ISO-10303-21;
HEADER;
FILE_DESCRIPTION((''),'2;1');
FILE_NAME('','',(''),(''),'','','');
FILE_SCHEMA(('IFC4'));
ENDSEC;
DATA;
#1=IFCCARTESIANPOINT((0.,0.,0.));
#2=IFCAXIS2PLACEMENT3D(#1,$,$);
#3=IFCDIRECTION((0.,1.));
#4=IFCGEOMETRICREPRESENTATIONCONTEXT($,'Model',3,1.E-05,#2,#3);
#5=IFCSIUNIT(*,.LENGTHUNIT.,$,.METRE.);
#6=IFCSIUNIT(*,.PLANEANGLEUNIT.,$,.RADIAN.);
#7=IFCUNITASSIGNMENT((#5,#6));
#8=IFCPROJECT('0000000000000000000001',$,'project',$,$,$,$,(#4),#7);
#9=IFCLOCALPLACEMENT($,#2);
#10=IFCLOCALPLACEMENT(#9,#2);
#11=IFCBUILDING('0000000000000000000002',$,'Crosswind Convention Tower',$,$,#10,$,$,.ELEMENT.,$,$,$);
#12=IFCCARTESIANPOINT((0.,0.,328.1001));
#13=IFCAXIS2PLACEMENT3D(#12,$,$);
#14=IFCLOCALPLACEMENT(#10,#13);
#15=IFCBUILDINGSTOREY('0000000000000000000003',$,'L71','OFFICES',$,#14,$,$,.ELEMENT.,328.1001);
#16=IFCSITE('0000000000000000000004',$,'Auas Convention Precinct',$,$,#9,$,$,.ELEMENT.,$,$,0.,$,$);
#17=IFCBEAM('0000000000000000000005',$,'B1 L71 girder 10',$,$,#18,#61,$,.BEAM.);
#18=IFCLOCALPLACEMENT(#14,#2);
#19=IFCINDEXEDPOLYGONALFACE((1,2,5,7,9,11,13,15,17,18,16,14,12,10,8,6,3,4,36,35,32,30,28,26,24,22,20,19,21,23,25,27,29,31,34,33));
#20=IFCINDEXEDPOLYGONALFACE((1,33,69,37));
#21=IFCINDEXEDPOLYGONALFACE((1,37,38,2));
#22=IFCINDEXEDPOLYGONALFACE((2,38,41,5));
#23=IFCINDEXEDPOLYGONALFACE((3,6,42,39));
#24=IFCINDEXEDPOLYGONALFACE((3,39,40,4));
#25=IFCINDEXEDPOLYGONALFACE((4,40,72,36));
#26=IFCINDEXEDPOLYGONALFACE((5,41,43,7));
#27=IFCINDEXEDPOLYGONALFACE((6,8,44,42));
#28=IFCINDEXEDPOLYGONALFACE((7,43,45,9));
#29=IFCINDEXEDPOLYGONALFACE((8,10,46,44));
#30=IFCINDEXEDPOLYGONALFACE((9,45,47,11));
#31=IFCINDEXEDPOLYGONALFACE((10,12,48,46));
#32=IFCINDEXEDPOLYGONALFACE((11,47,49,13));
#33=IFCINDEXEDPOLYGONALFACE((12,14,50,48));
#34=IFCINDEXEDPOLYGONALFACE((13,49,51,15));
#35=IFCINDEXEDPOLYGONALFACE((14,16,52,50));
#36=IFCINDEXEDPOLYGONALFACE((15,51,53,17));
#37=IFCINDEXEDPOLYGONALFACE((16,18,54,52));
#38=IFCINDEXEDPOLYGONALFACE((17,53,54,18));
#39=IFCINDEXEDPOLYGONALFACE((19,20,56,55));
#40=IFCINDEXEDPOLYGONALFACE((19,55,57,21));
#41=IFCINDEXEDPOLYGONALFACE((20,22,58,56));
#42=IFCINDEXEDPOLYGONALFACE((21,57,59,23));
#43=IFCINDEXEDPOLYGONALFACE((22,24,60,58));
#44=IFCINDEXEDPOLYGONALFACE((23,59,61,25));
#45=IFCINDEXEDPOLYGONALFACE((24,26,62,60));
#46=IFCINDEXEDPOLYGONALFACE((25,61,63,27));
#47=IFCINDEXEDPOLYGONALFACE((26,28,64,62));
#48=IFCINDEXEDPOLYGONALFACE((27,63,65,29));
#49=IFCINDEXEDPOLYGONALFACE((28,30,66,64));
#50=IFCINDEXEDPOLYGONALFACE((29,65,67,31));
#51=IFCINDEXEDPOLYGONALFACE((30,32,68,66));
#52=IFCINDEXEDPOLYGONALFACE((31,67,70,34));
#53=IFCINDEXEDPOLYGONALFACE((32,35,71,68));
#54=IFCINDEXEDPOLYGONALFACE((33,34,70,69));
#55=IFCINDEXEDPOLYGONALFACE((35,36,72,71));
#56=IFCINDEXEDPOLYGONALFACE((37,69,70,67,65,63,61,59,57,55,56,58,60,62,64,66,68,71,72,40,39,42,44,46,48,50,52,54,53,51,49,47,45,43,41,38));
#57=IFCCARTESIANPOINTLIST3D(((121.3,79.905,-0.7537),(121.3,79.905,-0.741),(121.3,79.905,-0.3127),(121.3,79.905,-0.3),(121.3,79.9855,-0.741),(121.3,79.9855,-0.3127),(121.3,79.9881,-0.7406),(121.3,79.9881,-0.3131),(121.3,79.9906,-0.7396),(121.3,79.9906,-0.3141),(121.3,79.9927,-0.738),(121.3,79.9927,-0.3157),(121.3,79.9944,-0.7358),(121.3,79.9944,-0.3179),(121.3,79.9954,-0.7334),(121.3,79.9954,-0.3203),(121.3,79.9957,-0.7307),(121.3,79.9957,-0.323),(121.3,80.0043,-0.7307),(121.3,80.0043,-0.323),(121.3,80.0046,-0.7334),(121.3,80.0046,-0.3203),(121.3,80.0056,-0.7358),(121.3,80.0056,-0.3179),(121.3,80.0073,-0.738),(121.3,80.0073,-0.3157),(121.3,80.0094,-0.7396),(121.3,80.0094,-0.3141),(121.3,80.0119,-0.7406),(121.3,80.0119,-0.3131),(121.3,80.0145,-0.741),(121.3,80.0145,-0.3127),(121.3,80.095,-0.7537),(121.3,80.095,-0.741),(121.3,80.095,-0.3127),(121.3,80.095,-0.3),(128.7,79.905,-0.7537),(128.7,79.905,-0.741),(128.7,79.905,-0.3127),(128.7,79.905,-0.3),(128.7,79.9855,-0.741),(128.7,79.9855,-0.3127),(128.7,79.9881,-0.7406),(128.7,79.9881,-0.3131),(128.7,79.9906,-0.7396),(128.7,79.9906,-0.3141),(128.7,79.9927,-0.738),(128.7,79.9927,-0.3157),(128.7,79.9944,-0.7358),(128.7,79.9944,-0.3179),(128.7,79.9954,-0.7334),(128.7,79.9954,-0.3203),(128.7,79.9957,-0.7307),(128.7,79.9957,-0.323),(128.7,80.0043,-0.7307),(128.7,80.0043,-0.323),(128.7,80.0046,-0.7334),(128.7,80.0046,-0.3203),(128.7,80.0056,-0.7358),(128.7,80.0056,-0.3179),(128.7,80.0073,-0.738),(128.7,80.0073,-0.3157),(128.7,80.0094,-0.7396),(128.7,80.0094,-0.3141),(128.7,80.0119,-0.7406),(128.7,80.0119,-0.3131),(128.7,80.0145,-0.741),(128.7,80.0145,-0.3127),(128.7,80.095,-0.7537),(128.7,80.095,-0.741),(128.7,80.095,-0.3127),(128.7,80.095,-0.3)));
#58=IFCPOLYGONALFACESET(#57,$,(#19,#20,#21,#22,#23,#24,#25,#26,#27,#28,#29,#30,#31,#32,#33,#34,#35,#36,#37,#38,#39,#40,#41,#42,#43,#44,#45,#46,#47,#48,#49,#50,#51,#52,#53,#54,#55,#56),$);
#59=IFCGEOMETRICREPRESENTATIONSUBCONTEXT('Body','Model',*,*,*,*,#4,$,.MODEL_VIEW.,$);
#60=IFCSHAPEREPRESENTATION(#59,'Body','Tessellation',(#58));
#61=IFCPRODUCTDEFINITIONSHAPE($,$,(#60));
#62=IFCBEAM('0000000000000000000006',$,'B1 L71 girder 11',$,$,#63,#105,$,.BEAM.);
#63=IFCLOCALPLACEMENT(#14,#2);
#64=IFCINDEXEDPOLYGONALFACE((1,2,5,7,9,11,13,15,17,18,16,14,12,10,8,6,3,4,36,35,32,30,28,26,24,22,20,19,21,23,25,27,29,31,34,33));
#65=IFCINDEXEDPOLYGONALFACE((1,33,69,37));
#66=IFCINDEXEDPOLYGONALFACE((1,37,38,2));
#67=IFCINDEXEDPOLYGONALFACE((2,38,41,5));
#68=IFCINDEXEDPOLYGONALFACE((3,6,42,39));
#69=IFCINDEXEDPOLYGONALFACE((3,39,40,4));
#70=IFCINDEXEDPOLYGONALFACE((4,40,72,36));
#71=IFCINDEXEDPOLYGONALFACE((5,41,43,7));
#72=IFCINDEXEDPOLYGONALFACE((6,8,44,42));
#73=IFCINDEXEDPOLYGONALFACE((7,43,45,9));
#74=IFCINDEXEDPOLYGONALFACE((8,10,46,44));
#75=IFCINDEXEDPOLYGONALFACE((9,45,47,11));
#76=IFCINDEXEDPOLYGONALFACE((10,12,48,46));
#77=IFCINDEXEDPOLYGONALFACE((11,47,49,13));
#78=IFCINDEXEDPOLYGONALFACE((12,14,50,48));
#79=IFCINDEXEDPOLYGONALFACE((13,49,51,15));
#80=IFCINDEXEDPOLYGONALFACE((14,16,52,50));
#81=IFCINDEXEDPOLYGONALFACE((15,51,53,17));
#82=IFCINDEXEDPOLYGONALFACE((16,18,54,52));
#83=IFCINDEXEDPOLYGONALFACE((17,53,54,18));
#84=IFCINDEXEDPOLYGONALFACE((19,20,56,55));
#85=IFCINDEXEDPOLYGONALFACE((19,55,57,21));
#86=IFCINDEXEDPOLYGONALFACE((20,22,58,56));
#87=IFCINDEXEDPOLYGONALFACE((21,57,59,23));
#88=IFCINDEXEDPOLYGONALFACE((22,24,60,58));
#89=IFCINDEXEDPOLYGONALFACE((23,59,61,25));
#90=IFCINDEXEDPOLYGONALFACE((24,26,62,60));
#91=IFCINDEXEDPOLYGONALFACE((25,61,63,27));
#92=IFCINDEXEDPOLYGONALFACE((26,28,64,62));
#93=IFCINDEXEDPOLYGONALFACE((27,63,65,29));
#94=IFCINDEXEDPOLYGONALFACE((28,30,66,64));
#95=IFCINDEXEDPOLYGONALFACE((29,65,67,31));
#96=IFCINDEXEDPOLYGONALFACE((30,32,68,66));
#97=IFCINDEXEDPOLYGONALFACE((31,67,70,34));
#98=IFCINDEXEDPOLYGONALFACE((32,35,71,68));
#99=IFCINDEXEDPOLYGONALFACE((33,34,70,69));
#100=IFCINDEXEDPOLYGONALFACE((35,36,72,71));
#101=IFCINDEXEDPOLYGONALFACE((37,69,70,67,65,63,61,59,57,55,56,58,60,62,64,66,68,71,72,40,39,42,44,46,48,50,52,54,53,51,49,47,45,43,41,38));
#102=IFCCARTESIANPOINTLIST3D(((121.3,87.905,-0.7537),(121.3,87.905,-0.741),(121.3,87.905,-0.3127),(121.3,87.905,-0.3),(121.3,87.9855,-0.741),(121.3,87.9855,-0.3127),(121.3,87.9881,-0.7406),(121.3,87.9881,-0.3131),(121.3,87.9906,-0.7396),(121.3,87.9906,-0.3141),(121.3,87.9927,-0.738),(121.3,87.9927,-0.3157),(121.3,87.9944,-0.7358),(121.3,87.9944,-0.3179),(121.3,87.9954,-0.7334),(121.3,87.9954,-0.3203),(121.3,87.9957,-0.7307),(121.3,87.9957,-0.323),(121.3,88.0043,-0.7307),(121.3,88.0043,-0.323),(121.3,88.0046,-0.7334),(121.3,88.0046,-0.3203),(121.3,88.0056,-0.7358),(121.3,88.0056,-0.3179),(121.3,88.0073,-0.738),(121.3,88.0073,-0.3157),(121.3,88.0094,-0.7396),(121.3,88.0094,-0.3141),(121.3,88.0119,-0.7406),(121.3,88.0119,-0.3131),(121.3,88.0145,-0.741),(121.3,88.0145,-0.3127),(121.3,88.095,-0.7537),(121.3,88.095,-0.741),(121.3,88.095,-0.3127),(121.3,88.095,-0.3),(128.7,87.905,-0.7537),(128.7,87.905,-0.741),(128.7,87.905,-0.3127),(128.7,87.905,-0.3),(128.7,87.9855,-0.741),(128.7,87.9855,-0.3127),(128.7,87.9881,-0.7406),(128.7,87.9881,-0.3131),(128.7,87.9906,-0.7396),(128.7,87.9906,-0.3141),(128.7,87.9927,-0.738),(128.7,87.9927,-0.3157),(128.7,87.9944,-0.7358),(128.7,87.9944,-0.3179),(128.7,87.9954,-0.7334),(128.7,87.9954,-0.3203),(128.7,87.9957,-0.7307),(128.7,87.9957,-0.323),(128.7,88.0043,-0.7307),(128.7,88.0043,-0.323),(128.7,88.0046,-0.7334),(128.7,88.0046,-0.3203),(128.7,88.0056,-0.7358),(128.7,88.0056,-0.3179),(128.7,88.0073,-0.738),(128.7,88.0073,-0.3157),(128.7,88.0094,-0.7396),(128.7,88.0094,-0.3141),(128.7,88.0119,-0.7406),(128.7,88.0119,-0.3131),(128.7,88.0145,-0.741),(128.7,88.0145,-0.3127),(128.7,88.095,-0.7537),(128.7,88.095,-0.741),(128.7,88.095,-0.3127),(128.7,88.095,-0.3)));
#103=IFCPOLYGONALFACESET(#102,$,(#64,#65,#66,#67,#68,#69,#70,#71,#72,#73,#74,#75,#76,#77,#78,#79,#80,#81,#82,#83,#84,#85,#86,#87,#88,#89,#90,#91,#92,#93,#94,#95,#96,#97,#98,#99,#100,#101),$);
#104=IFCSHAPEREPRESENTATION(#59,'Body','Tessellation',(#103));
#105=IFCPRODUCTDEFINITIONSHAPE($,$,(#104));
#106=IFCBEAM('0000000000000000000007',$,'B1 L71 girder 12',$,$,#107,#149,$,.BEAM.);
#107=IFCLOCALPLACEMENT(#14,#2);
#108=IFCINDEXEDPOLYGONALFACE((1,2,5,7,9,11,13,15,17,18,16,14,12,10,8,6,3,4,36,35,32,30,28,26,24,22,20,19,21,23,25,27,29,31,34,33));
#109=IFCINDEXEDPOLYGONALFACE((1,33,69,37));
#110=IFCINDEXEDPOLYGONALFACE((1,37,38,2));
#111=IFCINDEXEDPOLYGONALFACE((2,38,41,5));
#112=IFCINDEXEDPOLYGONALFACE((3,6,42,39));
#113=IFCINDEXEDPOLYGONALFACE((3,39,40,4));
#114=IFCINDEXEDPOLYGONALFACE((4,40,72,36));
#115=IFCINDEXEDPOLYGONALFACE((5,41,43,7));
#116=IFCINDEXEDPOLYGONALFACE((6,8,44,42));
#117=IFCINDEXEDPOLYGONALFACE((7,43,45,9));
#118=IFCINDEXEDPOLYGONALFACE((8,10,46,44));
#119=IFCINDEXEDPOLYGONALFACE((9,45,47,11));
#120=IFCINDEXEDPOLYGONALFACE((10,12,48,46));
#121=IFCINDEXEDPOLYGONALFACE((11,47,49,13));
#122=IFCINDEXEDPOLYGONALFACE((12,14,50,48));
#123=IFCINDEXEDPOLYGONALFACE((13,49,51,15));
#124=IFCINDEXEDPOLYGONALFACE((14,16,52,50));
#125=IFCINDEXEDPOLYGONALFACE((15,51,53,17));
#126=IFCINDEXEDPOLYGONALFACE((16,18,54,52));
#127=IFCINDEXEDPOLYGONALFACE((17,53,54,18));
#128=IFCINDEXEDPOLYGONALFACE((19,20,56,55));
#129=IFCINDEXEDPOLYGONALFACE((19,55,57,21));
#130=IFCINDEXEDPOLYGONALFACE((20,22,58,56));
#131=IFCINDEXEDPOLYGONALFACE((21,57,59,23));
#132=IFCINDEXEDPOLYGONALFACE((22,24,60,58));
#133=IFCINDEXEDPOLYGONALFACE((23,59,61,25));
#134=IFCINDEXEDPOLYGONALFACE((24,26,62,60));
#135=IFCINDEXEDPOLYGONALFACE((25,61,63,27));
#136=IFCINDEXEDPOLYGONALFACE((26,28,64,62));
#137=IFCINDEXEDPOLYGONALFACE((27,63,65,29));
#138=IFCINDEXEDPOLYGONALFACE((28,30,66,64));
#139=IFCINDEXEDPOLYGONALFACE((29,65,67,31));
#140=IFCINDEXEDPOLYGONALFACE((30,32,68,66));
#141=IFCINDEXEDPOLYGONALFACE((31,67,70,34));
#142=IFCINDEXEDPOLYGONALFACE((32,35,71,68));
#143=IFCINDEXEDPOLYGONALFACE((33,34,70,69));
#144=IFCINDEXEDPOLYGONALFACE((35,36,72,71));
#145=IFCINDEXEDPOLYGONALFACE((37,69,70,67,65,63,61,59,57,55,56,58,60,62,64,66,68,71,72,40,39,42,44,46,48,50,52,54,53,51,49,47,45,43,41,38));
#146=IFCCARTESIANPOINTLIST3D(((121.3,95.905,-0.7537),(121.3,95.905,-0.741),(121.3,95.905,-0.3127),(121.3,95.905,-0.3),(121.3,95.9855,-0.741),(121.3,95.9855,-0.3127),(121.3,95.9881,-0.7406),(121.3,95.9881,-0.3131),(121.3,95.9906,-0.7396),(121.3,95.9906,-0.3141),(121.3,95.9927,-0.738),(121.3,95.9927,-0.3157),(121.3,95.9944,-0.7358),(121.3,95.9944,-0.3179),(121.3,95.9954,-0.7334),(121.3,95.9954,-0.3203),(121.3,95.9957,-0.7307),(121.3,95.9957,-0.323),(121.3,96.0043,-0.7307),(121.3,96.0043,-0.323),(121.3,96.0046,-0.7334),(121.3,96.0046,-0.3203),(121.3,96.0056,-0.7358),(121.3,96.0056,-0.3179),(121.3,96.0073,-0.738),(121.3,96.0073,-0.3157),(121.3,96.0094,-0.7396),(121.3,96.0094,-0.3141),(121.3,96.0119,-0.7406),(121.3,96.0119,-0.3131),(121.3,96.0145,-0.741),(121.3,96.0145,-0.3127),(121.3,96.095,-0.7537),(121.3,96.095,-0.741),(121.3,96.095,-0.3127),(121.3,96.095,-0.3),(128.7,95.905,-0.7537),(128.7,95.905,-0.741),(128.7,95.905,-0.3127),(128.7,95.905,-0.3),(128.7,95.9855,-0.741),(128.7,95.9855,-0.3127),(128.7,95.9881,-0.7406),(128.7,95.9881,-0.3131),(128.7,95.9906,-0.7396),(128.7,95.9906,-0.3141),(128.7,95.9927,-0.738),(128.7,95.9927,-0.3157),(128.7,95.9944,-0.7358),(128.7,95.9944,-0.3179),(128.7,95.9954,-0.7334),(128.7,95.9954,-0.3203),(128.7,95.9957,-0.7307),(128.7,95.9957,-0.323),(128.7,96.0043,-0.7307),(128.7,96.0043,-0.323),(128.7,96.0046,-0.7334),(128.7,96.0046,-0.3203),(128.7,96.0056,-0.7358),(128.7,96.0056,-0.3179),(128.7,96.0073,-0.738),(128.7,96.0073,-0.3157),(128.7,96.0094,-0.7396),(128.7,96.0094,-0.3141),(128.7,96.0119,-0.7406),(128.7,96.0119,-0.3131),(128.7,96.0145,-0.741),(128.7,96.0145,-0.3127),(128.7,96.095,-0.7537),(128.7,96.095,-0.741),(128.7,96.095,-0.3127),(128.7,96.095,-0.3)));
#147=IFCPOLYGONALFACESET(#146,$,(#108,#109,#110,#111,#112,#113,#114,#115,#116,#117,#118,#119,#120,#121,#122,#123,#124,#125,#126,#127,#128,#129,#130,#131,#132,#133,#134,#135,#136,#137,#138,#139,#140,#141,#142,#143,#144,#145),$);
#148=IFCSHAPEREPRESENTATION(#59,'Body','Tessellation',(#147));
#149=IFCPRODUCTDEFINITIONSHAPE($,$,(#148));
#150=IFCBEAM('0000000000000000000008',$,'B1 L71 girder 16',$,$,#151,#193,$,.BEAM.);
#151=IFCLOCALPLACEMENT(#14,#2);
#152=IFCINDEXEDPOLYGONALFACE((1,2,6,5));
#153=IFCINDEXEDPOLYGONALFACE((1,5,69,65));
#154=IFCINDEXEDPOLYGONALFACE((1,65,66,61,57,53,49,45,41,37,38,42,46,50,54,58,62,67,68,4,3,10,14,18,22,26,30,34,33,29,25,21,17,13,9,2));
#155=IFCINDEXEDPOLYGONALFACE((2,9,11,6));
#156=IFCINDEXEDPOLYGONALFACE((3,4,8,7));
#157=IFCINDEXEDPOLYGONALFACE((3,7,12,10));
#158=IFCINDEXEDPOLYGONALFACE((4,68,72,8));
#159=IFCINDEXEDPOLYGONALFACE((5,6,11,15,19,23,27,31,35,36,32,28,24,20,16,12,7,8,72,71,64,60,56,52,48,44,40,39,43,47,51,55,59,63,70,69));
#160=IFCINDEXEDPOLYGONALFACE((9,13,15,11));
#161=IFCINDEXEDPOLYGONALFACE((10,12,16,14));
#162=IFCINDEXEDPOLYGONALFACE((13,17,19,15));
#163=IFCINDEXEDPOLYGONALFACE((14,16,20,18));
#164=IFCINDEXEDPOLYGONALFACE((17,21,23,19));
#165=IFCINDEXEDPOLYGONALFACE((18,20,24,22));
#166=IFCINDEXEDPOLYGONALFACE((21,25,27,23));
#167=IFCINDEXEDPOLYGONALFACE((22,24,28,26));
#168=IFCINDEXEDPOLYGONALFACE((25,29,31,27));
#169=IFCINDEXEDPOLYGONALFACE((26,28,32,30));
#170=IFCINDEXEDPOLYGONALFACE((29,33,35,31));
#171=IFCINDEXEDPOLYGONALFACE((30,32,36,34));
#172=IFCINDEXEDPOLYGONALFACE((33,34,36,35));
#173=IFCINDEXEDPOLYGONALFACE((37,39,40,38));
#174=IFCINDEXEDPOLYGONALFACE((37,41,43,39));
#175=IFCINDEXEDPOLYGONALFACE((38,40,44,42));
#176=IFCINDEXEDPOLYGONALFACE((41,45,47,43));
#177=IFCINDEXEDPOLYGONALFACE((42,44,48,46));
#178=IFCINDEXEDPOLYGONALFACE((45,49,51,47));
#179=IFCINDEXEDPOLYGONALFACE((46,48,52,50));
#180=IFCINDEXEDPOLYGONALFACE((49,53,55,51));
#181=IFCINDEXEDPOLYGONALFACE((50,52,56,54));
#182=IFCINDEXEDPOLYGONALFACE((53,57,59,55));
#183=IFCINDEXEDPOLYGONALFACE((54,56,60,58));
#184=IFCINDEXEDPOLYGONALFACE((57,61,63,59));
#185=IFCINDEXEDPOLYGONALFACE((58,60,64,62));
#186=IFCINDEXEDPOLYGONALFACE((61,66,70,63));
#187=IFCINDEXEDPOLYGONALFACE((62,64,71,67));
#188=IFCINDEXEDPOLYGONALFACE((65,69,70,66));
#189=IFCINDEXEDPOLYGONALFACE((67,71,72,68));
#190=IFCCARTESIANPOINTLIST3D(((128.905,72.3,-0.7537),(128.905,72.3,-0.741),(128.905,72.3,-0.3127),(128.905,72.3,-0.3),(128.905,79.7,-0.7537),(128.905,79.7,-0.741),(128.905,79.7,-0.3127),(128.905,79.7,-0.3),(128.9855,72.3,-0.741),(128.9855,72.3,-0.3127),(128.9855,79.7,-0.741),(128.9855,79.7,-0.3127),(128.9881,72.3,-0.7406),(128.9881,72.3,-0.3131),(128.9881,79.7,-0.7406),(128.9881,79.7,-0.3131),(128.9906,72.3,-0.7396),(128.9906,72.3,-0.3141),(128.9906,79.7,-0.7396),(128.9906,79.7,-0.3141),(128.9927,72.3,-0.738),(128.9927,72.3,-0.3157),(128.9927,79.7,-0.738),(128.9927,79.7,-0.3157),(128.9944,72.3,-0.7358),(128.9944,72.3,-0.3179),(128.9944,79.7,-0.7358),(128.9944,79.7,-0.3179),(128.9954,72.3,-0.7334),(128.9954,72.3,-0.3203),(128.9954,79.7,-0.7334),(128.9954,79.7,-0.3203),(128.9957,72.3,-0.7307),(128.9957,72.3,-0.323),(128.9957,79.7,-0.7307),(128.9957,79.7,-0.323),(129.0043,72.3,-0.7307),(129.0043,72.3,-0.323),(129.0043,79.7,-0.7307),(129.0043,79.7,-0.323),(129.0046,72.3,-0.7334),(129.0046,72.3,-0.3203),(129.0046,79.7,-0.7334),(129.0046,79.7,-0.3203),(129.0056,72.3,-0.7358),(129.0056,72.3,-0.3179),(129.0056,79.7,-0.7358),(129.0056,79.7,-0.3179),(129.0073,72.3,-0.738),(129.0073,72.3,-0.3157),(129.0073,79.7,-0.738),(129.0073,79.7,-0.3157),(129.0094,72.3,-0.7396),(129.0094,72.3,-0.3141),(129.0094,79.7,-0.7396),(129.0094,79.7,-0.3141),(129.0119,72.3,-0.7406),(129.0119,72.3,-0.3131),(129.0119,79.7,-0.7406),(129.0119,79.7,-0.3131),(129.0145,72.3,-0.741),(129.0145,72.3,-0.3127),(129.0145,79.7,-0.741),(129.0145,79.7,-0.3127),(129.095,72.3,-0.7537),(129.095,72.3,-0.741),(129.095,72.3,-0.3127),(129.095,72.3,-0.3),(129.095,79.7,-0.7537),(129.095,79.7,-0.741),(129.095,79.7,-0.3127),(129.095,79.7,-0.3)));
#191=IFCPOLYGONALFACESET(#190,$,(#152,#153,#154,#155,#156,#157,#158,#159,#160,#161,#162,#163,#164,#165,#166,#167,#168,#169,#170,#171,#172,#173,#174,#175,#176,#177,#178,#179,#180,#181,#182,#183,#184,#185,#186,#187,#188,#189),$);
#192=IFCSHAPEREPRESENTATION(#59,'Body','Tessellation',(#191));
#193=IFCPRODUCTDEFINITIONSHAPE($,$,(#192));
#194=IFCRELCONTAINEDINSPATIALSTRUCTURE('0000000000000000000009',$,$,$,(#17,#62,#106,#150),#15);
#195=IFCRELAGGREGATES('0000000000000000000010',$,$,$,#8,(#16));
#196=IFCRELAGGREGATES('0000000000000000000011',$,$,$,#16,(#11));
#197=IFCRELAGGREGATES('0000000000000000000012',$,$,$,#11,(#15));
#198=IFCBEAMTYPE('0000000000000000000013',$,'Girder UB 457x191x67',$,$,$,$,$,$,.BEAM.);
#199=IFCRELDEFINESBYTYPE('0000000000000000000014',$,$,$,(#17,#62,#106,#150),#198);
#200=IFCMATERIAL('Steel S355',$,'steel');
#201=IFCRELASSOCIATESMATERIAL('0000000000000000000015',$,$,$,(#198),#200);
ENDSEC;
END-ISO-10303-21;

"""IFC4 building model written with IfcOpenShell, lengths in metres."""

from ifc_helpers import new_model, si_unit, direction, frame, origin, origin_2d, place, context, subcontext, project, spatial, i_section, extrude, material, material_profile, profile_set, type_object, element, save


model = new_model("IFC4")

# Units and contexts
model_context = context("Model", 3, precision=1e-05, world=origin(), true_north=direction((0.0, 1.0)))
body_context = subcontext(model_context, "Body", "Model", "MODEL_VIEW")
ifc_project = project(units=[si_unit("LENGTHUNIT", "METRE"), si_unit("PLANEANGLEUNIT", "RADIAN")], contexts=[model_context])

# Site, building, storey
site_placement = place(None, origin())
site = spatial("IfcSite", under=ifc_project, at=site_placement, Name="Auas Convention Precinct", CompositionType="ELEMENT", RefElevation=0.0)
building_placement = place(site_placement, origin())
building = spatial("IfcBuilding", under=site, at=building_placement, Name="Crosswind Convention Tower", CompositionType="ELEMENT")
storey_placement = place(building_placement, frame((0.0, 0.0, 328.1001)))
storey = spatial("IfcBuildingStorey", under=building, at=storey_placement, Name="L71", Description="OFFICES", CompositionType="ELEMENT", Elevation=328.1001)

# Beams
ifc_material_1 = material(Name="Steel S355", Category="steel")
ifc_material_profile_1 = material_profile(ifc_material_1, i_section(OverallWidth=0.1899, OverallDepth=0.4536, WebThickness=0.0085, FlangeThickness=0.0127, FilletRadius=0.0103, at=origin_2d()), Name="UB 457x191x67")
ifc_profile_set_1 = profile_set([ifc_material_profile_1], Name="Steel S355")
beam_type_1 = type_object("IfcBeamType", Name="Girder UB 457x191x67", PredefinedType="BEAM", material=ifc_profile_set_1)
for number, where, z_axis, x_axis, name in (
    (1, (121.3, 80.0, -0.5269), (1.0, 0.0, 0.0), (0.0, 1.0, 0.0), "B1 L71 girder 10"),
    (2, (121.3, 88.0, -0.5269), (1.0, 0.0, 0.0), (0.0, 1.0, 0.0), "B1 L71 girder 11"),
    (3, (121.3, 96.0, -0.5269), (1.0, 0.0, 0.0), (0.0, 1.0, 0.0), "B1 L71 girder 12"),
    (4, (129.0, 72.3, -0.5269), (0.0, 1.0, 0.0), (-1.0, 0.0, 0.0), "B1 L71 girder 16"),
):
    element("IfcBeam", number, at=place(storey_placement, frame(where, z_axis=z_axis, x_axis=x_axis)), inside=storey, type_object=beam_type_1, Name=name, PredefinedType="BEAM", context=body_context, shape_type="SweptSolid", body=[
        extrude(i_section(OverallWidth=0.1899, OverallDepth=0.4536, WebThickness=0.0085, FlangeThickness=0.0127, FilletRadius=0.0103, at=origin_2d()), origin(), (0.0, 0.0, 1.0), 7.3999),
    ])

save(model, "model.ifc")
